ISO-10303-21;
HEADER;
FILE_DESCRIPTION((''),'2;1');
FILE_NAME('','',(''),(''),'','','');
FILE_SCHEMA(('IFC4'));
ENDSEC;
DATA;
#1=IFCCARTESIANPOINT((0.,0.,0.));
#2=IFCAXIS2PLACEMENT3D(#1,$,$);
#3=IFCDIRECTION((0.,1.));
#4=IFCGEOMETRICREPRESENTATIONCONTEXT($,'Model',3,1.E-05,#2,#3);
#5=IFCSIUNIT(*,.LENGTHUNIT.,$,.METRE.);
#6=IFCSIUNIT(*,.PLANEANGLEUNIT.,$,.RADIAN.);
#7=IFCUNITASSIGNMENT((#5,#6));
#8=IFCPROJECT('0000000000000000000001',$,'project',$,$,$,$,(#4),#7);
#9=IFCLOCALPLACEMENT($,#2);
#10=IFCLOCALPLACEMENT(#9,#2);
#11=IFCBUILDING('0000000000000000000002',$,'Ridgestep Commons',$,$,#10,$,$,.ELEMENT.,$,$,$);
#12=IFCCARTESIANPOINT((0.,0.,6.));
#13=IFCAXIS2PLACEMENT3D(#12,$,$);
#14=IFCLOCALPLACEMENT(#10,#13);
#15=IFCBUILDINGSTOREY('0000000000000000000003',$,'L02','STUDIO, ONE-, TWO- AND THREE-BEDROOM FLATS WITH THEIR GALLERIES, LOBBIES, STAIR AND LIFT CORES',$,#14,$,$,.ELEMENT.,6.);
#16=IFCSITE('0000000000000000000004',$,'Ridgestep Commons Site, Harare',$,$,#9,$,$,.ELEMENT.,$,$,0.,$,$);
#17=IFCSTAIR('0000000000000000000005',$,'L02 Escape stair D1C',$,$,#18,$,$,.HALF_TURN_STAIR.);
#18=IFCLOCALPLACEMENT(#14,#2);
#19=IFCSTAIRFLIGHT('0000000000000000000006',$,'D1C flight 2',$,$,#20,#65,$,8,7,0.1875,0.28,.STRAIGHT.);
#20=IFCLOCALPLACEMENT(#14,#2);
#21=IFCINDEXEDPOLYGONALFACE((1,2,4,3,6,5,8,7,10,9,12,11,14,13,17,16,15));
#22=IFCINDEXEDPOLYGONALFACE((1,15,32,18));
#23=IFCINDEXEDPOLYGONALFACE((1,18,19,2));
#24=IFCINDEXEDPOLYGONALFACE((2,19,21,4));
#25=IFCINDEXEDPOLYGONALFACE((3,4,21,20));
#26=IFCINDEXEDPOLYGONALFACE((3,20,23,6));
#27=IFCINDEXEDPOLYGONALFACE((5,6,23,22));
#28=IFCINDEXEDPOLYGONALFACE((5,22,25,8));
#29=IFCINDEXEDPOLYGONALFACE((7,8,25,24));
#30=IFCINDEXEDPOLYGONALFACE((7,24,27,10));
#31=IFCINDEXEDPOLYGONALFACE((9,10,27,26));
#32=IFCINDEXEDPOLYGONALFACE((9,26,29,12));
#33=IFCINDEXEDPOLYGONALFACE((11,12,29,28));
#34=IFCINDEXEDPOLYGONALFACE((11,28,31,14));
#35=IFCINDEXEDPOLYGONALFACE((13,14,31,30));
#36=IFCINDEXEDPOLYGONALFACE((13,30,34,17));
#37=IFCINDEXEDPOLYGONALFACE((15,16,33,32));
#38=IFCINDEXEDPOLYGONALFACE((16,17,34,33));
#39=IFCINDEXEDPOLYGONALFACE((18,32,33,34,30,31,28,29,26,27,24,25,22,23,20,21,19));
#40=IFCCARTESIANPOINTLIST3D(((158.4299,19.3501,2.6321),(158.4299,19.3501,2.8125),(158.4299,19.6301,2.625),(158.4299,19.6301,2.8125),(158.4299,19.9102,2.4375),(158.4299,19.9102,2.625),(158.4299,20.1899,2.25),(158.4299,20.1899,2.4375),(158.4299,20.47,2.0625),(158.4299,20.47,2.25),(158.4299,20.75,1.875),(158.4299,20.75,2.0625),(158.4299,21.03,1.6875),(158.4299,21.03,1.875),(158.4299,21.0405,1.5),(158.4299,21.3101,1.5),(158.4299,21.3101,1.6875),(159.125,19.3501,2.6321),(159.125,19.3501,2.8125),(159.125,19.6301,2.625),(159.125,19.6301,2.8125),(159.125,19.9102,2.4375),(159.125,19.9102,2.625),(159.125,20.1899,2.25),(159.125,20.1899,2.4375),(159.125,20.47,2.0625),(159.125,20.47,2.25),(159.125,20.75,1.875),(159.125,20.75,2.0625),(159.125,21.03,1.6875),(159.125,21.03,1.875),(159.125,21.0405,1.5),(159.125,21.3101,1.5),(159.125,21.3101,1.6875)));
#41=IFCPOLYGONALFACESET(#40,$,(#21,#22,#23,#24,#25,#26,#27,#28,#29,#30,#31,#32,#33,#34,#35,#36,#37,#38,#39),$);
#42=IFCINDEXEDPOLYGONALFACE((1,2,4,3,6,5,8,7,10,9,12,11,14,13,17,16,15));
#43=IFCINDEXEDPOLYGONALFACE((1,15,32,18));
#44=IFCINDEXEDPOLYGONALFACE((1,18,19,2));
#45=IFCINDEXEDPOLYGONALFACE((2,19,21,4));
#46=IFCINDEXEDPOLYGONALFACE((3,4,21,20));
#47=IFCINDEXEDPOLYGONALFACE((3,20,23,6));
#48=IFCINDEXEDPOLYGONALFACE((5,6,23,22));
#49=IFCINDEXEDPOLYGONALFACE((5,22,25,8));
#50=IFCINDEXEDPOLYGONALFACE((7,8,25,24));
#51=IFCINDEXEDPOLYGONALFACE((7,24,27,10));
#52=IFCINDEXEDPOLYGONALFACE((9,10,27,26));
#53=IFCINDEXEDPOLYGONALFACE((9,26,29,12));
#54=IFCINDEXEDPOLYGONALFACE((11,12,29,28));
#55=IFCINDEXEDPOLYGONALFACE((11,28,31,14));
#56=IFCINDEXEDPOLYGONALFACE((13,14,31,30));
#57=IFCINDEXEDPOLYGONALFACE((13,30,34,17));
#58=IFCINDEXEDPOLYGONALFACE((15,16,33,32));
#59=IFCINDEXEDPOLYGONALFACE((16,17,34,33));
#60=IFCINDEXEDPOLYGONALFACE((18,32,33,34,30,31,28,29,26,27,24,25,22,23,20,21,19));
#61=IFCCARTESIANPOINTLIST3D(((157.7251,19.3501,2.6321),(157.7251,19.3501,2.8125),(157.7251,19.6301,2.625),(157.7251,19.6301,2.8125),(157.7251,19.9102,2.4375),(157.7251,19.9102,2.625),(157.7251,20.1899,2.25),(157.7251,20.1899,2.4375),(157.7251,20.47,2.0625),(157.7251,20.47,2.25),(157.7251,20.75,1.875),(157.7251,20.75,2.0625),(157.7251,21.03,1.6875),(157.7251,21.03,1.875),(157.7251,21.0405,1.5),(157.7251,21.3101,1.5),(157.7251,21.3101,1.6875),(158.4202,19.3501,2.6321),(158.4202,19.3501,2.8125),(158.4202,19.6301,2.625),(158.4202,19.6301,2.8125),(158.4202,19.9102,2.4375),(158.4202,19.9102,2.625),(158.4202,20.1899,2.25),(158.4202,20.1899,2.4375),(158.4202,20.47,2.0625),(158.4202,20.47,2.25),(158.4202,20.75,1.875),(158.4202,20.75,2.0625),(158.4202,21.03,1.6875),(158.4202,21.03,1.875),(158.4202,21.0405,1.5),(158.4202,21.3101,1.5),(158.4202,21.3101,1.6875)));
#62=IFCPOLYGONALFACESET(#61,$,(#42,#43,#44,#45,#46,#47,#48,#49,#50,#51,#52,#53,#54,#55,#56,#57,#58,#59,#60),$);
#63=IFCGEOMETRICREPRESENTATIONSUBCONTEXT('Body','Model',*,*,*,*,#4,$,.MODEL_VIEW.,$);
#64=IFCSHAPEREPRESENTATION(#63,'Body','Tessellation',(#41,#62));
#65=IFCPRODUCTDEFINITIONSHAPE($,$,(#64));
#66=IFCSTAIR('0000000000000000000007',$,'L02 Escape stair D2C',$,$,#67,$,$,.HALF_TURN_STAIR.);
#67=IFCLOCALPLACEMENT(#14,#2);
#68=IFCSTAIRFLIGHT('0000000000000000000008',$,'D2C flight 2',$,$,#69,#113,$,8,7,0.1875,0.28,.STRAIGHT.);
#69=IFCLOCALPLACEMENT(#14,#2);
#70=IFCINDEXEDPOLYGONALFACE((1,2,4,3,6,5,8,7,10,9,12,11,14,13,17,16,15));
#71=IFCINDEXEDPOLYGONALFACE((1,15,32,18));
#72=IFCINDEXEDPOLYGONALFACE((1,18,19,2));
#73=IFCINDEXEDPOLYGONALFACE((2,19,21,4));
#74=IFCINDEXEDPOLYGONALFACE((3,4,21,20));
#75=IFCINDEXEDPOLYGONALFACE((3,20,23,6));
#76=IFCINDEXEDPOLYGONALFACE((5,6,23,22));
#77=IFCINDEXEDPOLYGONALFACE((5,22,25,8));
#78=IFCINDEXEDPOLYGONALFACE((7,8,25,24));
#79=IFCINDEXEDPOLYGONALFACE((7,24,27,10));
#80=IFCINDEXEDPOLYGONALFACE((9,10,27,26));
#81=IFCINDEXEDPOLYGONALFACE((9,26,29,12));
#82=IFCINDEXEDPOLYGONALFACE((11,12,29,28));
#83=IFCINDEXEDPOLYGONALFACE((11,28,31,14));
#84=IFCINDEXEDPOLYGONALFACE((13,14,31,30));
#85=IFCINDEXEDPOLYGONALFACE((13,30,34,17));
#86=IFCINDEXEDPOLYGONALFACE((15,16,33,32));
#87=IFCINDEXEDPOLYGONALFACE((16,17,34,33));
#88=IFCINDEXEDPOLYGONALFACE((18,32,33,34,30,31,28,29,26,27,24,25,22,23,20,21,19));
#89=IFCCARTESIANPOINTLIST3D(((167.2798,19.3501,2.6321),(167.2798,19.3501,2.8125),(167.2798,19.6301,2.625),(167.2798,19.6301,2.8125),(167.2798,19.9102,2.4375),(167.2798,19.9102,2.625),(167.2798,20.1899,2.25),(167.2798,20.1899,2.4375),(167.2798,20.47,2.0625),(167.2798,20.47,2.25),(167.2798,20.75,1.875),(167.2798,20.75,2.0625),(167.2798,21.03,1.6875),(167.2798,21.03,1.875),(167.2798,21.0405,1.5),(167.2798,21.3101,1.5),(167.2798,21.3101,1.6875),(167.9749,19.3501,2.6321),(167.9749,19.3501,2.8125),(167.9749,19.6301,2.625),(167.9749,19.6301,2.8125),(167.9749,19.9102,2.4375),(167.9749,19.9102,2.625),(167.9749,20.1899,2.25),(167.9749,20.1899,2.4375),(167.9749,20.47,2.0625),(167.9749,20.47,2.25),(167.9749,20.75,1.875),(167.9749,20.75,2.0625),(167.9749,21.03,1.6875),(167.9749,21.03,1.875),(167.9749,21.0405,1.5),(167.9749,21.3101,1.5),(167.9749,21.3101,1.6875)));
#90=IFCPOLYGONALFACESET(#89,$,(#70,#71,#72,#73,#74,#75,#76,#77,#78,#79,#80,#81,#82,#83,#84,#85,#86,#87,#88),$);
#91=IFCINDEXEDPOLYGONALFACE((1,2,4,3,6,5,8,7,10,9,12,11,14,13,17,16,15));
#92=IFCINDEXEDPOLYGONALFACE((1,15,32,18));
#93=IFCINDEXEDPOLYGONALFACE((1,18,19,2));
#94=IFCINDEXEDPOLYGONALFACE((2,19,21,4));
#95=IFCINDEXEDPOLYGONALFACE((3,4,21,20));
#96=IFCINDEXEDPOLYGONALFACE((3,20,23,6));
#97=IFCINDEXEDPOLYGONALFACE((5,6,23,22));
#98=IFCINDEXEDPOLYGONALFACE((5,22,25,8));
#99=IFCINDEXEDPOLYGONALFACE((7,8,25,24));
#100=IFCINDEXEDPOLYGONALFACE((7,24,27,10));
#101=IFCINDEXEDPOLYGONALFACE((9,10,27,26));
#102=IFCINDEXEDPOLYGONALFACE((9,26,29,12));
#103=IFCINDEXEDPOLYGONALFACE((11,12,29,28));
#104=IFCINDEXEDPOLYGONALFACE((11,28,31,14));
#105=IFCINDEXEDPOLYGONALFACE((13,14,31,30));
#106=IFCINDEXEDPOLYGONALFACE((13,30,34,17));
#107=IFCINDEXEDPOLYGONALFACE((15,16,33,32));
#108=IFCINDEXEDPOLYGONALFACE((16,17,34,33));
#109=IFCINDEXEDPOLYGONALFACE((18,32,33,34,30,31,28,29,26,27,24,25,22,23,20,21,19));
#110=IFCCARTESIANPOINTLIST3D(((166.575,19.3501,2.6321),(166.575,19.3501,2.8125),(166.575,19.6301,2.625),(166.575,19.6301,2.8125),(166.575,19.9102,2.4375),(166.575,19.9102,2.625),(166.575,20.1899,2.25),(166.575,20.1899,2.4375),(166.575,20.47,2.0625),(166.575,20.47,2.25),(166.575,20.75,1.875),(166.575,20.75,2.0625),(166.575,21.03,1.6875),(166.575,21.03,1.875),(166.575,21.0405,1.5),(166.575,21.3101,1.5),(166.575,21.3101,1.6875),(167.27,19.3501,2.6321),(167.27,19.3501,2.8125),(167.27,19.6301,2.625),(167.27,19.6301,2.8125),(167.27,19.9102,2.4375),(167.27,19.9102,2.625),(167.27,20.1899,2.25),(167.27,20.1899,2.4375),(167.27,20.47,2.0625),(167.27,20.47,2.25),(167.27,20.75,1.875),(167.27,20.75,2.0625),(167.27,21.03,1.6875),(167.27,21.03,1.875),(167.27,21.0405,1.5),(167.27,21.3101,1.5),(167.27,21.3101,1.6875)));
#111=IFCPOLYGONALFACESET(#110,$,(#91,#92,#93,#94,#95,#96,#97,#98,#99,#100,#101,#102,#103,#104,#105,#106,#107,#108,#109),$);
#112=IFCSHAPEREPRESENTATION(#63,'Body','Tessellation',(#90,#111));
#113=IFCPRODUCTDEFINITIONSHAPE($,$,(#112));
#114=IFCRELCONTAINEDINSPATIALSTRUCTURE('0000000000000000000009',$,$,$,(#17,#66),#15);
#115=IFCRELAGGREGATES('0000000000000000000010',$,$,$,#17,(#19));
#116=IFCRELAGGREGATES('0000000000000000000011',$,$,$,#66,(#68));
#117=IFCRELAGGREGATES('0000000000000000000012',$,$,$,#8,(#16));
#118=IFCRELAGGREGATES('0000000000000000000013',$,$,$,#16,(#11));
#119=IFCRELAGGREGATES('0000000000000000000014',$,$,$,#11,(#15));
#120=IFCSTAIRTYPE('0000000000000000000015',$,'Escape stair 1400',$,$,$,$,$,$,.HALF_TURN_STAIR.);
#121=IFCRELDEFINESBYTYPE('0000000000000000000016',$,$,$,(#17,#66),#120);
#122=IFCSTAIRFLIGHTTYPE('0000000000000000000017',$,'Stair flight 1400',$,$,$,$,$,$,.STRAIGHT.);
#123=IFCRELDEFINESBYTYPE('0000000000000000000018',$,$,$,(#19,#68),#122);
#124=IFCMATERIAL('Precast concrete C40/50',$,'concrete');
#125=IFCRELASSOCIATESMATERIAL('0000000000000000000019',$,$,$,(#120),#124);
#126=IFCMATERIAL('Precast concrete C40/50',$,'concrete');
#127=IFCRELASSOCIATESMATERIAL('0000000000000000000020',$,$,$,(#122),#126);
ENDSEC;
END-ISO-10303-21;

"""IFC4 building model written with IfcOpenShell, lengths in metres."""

from ifc_helpers import new_model, si_unit, direction, frame, origin, place, context, subcontext, project, spatial, polyline, outline, extrude, material, type_object, element, aggregate, save


model = new_model("IFC4")

# Units and contexts
model_context = context("Model", 3, precision=1e-05, world=origin(), true_north=direction((0.0, 1.0)))
body_context = subcontext(model_context, "Body", "Model", "MODEL_VIEW")
ifc_project = project(units=[si_unit("LENGTHUNIT", "METRE"), si_unit("PLANEANGLEUNIT", "RADIAN")], contexts=[model_context])

# Site, building, storey
site_placement = place(None, origin())
site = spatial("IfcSite", under=ifc_project, at=site_placement, Name="Ridgestep Commons Site, Harare", CompositionType="ELEMENT", RefElevation=0.0)
building_placement = place(site_placement, origin())
building = spatial("IfcBuilding", under=site, at=building_placement, Name="Ridgestep Commons", CompositionType="ELEMENT")
storey_placement = place(building_placement, frame((0.0, 0.0, 6.0)))
storey = spatial("IfcBuildingStorey", under=building, at=storey_placement, Name="L02", Description="STUDIO, ONE-, TWO- AND THREE-BEDROOM FLATS WITH THEIR GALLERIES, LOBBIES, STAIR AND LIFT CORES", CompositionType="ELEMENT", Elevation=6.0)

# Stair, stair flight
ifc_material_1 = material(Name="Precast concrete C40/50", Category="concrete")
stair_type = type_object("IfcStairType", Name="Escape stair 1400", PredefinedType="HALF_TURN_STAIR", material=ifc_material_1)
stair_1_placement = place(storey_placement, origin())
stair_1 = element("IfcStair", 1, at=stair_1_placement, inside=storey, type_object=stair_type, Name="L02 Escape stair D1C", PredefinedType="HALF_TURN_STAIR")
ifc_material_2 = material(Name="Precast concrete C40/50", Category="concrete")
stair_flight_type = type_object("IfcStairFlightType", Name="Stair flight 1400", PredefinedType="STRAIGHT", material=ifc_material_2)
stair_flight_1_placement = place(storey_placement, frame((158.425, 21.3101, 1.5), z_axis=(0.0, 0.0, 1.0), x_axis=(0.0, -1.0, 0.0)))
stair_flight_1 = element("IfcStairFlight", 2, at=stair_flight_1_placement, type_object=stair_flight_type, Name="D1C flight 2", NumberOfRisers=8, NumberOfTreads=7, PredefinedType="STRAIGHT", RiserHeight=0.1875, TreadLength=0.28, context=body_context, shape_type="SweptSolid", body=[
    extrude(outline(polyline([(0.0, 0.0), (0.0, 0.1875), (0.28, 0.1875), (0.28, 0.375), (0.5601, 0.375), (0.5601, 0.5625), (0.8401, 0.5625), (0.8401, 0.75), (1.1201, 0.75), (1.1201, 0.9375), (1.3999, 0.9375), (1.3999, 1.125), (1.6799, 1.125), (1.6799, 1.3125), (1.96, 1.3125), (1.96, 1.5), (1.96, 1.1321), (0.2695, 0.0), (0.0, 0.0)])), frame((0.0, 0.7, 0.0), z_axis=(0.0, -1.0, 0.0), x_axis=(1.0, 0.0, 0.0)), (0.0, 0.0, 1.0), 0.6951),
    extrude(outline(polyline([(0.0, 0.0), (0.0, 0.1875), (0.28, 0.1875), (0.28, 0.375), (0.5601, 0.375), (0.5601, 0.5625), (0.8401, 0.5625), (0.8401, 0.75), (1.1201, 0.75), (1.1201, 0.9375), (1.3999, 0.9375), (1.3999, 1.125), (1.6799, 1.125), (1.6799, 1.3125), (1.96, 1.3125), (1.96, 1.5), (1.96, 1.1321), (0.2695, 0.0), (0.0, 0.0)])), frame((0.0, -0.0049, 0.0), z_axis=(0.0, -1.0, 0.0), x_axis=(1.0, 0.0, 0.0)), (0.0, 0.0, 1.0), 0.6951),
])
aggregate(stair_1, [stair_flight_1])

# Stair, stair flight
stair_2_placement = place(storey_placement, origin())
stair_2 = element("IfcStair", 3, at=stair_2_placement, inside=storey, type_object=stair_type, Name="L02 Escape stair D2C", PredefinedType="HALF_TURN_STAIR")
stair_flight_2_placement = place(storey_placement, frame((167.2749, 21.3101, 1.5), z_axis=(0.0, 0.0, 1.0), x_axis=(0.0, -1.0, 0.0)))
stair_flight_2 = element("IfcStairFlight", 4, at=stair_flight_2_placement, type_object=stair_flight_type, Name="D2C flight 2", NumberOfRisers=8, NumberOfTreads=7, PredefinedType="STRAIGHT", RiserHeight=0.1875, TreadLength=0.28, context=body_context, shape_type="SweptSolid", body=[
    extrude(outline(polyline([(0.0, 0.0), (0.0, 0.1875), (0.28, 0.1875), (0.28, 0.375), (0.5601, 0.375), (0.5601, 0.5625), (0.8401, 0.5625), (0.8401, 0.75), (1.1201, 0.75), (1.1201, 0.9375), (1.3999, 0.9375), (1.3999, 1.125), (1.6799, 1.125), (1.6799, 1.3125), (1.96, 1.3125), (1.96, 1.5), (1.96, 1.1321), (0.2695, 0.0), (0.0, 0.0)])), frame((0.0, 0.7, 0.0), z_axis=(0.0, -1.0, 0.0), x_axis=(1.0, 0.0, 0.0)), (0.0, 0.0, 1.0), 0.6951),
    extrude(outline(polyline([(0.0, 0.0), (0.0, 0.1875), (0.28, 0.1875), (0.28, 0.375), (0.5601, 0.375), (0.5601, 0.5625), (0.8401, 0.5625), (0.8401, 0.75), (1.1201, 0.75), (1.1201, 0.9375), (1.3999, 0.9375), (1.3999, 1.125), (1.6799, 1.125), (1.6799, 1.3125), (1.96, 1.3125), (1.96, 1.5), (1.96, 1.1321), (0.2695, 0.0), (0.0, 0.0)])), frame((0.0, -0.0049, 0.0), z_axis=(0.0, -1.0, 0.0), x_axis=(1.0, 0.0, 0.0)), (0.0, 0.0, 1.0), 0.6951),
])
aggregate(stair_2, [stair_flight_2])

save(model, "model.ifc")
